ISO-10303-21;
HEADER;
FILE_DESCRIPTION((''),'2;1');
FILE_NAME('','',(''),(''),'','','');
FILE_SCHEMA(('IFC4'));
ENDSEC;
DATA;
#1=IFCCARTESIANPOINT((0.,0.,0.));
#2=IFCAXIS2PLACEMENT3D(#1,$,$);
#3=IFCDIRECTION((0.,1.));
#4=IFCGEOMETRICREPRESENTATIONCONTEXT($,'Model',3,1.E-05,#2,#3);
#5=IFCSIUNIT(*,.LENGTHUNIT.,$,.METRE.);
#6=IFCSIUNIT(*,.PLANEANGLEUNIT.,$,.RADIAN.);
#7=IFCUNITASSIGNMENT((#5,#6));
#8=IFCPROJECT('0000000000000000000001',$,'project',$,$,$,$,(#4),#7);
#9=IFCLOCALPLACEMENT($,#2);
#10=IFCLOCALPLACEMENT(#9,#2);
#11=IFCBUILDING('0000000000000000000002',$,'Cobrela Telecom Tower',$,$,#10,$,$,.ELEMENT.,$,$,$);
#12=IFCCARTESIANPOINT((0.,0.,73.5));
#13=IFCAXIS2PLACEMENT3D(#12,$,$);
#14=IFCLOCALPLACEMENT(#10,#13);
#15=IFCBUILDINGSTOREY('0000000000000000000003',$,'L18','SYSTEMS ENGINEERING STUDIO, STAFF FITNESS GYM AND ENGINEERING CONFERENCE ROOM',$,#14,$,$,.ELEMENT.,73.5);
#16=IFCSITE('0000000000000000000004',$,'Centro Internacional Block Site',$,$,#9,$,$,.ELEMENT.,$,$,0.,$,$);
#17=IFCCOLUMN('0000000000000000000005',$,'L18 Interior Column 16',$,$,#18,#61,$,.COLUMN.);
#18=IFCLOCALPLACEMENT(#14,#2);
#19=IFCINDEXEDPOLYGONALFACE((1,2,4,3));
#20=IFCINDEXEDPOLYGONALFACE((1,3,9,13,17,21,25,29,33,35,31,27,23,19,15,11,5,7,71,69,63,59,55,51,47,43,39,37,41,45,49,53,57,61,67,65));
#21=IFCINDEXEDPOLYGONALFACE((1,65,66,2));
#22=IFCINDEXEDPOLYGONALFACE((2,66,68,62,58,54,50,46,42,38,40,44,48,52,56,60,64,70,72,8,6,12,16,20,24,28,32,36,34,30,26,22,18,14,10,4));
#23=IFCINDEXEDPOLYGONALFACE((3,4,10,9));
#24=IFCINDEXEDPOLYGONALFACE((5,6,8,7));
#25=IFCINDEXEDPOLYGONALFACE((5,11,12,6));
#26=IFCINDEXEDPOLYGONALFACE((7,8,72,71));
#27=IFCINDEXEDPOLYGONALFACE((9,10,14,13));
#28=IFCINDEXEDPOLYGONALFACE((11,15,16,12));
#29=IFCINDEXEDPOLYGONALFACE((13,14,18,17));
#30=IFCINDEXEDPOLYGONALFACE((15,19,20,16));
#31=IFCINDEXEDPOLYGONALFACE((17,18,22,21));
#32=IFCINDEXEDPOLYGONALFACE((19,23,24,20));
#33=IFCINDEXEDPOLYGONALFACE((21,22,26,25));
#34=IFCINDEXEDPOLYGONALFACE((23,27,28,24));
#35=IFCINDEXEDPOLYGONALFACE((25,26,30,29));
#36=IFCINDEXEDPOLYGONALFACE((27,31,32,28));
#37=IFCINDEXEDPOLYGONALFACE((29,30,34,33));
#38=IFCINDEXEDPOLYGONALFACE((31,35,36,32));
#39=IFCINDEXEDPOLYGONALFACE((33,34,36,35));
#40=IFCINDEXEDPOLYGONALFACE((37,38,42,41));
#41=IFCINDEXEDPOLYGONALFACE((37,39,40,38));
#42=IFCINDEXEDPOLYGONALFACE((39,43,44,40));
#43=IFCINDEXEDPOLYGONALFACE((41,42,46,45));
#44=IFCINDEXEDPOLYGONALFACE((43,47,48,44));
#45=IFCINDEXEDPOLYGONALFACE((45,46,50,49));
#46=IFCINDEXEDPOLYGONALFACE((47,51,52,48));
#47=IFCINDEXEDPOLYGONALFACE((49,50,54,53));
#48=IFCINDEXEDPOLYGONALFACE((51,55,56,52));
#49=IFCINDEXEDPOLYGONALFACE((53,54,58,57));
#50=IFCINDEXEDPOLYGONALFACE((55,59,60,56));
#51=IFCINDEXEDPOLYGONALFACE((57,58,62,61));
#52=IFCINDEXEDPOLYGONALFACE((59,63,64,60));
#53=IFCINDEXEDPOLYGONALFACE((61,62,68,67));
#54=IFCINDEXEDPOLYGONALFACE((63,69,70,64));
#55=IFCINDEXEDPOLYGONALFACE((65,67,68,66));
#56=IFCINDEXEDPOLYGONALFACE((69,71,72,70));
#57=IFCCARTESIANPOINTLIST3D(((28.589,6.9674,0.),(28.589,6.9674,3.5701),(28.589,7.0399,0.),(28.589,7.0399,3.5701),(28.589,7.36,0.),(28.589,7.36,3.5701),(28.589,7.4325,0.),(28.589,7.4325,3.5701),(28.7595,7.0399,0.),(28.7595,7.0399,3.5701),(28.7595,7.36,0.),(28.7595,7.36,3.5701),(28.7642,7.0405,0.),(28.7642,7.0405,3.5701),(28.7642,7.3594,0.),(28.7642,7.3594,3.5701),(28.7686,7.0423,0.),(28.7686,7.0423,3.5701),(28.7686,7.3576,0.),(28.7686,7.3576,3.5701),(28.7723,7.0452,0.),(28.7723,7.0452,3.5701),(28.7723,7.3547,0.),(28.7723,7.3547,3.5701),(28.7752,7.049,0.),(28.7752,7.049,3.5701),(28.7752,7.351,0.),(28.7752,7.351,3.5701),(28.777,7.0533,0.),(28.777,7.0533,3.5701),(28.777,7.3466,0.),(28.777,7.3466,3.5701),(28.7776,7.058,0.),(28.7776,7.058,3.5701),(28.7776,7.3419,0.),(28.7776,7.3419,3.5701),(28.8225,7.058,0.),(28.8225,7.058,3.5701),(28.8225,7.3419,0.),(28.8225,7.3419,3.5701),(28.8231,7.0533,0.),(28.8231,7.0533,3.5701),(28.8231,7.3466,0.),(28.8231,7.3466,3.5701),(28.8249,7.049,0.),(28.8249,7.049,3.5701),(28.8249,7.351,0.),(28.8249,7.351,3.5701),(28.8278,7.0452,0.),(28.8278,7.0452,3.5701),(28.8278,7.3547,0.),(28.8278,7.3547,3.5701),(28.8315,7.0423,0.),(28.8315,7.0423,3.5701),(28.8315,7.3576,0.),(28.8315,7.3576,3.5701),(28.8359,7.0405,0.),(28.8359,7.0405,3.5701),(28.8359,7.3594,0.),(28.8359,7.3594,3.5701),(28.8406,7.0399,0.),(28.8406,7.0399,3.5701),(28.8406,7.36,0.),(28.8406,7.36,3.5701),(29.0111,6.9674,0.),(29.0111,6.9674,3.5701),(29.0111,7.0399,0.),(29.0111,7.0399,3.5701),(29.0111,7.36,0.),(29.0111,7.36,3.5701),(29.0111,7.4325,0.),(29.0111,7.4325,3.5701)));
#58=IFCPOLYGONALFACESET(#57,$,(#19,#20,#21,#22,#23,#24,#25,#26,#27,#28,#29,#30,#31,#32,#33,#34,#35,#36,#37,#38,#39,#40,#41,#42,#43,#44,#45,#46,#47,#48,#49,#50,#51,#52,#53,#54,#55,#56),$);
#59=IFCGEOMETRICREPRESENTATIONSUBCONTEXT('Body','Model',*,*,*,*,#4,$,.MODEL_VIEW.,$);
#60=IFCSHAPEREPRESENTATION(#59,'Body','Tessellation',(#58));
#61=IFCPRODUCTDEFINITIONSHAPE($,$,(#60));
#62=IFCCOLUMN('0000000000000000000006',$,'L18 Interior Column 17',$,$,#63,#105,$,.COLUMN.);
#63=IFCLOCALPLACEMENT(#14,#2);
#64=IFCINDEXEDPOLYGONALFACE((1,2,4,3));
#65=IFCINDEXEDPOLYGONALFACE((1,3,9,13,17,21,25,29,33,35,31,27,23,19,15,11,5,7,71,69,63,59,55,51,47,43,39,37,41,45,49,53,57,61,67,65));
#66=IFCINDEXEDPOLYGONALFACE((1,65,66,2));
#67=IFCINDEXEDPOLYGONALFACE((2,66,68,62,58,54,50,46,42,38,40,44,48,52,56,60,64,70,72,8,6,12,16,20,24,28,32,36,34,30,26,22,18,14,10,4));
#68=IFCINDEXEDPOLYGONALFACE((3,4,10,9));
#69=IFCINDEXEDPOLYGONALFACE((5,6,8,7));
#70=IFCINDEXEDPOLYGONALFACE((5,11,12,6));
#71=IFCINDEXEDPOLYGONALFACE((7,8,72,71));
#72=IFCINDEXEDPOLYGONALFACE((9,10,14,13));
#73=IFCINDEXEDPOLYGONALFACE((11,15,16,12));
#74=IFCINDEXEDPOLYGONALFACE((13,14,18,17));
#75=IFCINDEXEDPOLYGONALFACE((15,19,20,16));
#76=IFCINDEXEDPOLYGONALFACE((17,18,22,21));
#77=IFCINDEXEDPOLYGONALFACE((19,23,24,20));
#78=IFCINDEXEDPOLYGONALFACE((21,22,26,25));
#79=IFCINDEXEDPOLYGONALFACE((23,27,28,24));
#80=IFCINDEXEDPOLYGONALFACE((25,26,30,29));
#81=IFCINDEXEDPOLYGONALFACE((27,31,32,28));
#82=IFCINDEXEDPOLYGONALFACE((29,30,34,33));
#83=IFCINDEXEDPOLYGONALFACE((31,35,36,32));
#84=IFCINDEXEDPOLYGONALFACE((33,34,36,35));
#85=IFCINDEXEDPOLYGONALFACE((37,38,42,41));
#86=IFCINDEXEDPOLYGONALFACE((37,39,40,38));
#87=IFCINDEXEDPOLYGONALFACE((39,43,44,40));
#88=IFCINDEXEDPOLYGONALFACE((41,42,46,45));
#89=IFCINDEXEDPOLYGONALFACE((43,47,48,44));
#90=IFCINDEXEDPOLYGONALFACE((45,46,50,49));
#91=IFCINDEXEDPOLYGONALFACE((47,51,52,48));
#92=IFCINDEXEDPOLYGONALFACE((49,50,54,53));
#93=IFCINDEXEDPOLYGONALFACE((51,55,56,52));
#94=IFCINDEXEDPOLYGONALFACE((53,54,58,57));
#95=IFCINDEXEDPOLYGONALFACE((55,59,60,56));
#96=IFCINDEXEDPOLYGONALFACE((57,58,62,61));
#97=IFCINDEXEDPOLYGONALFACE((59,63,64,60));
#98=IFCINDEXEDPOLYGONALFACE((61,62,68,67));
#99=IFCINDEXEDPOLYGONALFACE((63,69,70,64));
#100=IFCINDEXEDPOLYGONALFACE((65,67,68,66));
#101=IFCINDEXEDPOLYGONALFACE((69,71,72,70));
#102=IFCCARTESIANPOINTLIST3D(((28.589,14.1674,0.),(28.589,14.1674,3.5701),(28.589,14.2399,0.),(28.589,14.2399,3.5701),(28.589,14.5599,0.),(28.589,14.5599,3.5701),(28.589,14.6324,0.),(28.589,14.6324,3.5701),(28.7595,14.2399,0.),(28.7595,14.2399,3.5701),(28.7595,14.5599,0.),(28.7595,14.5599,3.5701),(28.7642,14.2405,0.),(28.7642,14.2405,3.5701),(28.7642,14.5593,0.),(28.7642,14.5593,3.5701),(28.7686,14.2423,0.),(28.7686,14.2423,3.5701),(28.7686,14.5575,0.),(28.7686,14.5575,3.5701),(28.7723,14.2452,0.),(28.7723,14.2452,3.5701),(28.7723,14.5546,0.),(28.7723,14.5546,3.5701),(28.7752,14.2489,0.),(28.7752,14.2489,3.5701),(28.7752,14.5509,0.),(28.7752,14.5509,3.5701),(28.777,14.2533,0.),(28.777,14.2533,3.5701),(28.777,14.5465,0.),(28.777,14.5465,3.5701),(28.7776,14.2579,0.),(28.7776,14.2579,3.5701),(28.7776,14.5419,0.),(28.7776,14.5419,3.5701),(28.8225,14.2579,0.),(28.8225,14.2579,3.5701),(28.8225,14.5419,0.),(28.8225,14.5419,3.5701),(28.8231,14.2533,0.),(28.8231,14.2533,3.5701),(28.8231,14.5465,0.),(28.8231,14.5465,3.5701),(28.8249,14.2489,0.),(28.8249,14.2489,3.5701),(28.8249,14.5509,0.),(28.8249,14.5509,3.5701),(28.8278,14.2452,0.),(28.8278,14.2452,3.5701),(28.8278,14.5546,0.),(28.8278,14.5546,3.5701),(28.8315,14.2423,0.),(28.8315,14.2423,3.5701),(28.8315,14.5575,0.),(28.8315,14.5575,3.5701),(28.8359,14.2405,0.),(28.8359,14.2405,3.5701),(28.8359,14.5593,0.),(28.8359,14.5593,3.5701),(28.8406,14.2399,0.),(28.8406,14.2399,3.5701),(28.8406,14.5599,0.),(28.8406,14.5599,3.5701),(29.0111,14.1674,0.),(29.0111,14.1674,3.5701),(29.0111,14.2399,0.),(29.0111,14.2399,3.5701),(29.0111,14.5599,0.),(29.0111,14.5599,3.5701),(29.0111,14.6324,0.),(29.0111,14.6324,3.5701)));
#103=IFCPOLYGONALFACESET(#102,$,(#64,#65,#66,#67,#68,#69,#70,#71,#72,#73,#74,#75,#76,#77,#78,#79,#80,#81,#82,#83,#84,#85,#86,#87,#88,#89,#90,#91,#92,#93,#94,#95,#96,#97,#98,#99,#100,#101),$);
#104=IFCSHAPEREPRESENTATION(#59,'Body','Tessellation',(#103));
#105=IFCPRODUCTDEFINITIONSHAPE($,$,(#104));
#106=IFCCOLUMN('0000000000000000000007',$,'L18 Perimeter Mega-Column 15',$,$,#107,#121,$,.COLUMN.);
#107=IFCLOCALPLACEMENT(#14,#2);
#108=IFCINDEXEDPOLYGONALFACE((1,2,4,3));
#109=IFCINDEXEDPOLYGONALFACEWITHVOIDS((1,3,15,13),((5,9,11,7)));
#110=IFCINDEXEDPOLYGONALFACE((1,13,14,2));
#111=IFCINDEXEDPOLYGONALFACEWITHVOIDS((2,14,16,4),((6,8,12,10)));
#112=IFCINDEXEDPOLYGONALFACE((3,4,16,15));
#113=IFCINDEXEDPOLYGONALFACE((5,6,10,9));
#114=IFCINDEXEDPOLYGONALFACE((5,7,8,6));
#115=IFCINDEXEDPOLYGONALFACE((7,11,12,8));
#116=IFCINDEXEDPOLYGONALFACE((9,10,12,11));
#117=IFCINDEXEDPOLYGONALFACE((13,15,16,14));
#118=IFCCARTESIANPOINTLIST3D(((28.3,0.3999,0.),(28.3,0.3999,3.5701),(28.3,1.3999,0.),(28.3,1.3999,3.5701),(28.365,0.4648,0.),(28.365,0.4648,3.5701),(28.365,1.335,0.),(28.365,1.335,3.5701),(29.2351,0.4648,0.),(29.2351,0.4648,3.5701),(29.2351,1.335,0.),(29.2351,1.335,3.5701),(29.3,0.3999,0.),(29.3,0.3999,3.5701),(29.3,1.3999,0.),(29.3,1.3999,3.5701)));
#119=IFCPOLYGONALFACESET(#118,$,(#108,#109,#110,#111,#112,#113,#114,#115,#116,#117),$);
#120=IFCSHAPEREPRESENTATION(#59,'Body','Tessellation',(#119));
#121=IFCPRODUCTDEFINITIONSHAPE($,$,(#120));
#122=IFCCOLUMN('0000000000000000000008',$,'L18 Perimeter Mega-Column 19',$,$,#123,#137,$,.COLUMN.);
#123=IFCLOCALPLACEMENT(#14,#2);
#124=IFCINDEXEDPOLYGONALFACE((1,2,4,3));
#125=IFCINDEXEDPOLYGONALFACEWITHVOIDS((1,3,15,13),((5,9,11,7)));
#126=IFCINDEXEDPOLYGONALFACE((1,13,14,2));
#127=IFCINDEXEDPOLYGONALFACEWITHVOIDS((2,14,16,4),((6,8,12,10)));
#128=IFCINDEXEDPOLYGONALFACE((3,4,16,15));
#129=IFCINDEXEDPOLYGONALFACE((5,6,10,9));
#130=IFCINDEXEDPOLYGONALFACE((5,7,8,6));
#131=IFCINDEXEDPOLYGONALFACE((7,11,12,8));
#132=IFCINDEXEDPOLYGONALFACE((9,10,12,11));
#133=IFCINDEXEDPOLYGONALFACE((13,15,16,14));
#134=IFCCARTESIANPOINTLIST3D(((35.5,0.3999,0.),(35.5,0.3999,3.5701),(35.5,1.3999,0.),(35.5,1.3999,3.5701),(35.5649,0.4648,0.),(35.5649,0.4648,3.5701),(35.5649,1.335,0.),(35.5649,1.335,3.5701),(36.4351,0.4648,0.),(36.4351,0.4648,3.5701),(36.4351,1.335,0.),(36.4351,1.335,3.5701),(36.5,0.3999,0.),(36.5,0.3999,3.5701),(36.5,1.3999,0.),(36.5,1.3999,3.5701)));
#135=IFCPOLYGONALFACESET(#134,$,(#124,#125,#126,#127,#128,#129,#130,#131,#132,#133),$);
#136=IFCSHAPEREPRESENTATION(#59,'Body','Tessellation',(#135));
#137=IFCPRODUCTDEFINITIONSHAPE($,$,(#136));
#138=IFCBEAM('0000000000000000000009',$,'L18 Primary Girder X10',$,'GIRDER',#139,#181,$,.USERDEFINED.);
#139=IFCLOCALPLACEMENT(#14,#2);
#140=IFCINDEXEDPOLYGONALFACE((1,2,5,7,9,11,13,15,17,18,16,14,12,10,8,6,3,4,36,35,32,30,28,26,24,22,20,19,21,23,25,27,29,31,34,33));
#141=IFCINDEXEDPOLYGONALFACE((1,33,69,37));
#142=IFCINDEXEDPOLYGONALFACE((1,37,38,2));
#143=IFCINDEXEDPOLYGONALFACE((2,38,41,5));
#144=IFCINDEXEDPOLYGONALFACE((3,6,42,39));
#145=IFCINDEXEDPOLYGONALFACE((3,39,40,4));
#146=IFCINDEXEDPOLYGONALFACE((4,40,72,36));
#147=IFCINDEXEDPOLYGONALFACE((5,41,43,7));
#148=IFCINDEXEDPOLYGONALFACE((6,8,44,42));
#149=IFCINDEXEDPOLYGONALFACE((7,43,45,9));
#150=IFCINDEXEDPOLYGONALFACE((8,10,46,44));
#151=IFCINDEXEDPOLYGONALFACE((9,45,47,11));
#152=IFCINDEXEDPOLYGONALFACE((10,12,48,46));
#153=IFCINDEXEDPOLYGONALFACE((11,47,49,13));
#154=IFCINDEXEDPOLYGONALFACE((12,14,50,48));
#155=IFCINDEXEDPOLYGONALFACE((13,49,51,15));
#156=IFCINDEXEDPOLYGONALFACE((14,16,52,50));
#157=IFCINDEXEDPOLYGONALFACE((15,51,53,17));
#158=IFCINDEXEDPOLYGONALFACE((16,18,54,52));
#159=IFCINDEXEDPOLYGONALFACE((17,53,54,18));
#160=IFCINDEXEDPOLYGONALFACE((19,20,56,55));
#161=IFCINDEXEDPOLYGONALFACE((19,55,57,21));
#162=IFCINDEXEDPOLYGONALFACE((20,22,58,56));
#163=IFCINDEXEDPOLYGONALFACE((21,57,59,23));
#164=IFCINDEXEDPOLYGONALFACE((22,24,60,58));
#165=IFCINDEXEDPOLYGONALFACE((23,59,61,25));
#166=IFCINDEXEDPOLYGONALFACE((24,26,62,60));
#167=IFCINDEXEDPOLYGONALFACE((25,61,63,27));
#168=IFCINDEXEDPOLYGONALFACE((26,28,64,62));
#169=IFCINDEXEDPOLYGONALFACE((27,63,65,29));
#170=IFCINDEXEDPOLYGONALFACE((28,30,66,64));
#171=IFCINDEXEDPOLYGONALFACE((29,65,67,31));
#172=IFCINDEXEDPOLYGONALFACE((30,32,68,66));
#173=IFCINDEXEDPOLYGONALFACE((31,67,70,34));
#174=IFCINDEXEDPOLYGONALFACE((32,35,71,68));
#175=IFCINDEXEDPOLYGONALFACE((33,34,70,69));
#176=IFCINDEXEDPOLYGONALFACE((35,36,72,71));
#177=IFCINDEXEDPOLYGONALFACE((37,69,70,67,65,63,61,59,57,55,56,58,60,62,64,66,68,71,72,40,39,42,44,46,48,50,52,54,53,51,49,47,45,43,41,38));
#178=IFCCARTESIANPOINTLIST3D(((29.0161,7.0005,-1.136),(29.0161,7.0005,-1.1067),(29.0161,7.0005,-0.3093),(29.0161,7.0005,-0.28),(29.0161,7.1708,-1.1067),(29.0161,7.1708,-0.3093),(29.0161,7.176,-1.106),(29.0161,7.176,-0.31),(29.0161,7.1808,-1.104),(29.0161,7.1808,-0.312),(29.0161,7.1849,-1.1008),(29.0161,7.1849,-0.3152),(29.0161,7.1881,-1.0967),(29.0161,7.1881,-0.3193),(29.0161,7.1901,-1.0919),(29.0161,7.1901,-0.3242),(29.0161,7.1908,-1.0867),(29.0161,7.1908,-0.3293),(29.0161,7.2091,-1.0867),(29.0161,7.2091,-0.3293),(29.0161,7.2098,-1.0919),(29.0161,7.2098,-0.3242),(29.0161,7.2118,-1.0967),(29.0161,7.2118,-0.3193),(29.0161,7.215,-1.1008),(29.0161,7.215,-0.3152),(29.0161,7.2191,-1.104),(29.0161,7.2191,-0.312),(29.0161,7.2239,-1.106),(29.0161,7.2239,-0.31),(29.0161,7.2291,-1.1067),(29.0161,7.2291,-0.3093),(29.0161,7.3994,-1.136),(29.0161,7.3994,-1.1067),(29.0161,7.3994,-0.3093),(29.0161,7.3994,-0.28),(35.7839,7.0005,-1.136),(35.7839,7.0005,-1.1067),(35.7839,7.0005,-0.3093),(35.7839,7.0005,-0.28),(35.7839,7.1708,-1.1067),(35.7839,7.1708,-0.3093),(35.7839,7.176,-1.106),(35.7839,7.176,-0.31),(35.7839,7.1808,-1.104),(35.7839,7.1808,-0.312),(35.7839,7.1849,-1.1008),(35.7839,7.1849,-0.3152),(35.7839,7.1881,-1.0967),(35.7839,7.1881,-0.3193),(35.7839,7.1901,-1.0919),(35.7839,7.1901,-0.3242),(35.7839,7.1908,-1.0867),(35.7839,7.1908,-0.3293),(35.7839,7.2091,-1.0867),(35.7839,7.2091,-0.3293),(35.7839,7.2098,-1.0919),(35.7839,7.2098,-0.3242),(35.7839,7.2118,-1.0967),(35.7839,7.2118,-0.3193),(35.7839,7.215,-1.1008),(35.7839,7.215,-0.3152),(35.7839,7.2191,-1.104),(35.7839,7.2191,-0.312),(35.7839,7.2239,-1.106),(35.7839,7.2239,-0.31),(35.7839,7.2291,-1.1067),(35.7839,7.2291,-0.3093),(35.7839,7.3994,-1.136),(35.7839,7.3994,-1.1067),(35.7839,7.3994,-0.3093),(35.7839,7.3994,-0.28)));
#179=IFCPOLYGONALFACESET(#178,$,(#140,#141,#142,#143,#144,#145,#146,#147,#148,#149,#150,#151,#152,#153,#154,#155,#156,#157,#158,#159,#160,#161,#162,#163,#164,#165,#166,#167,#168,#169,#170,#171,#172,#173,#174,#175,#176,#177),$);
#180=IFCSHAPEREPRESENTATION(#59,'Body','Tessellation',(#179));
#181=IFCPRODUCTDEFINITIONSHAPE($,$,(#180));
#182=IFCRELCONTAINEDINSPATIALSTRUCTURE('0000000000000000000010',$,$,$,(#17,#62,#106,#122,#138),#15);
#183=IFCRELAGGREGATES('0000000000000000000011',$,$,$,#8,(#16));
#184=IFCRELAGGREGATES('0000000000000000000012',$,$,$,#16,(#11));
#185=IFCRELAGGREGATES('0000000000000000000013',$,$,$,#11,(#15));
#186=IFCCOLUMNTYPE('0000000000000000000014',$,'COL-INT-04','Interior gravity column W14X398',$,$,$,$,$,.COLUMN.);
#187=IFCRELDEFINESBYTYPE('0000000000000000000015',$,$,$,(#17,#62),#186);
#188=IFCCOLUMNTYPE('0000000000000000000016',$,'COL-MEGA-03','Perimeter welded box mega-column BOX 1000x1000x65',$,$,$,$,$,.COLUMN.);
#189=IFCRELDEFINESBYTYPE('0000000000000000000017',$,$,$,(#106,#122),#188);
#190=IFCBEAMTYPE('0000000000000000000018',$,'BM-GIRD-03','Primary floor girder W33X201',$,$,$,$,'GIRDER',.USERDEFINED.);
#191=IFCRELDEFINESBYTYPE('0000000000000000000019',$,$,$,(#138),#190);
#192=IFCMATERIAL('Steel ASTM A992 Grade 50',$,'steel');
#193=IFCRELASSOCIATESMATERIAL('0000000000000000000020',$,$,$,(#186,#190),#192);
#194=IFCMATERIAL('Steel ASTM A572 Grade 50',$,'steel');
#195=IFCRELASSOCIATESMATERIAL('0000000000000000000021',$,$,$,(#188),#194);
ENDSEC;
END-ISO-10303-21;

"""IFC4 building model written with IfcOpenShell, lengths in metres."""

from ifc_helpers import new_model, si_unit, direction, frame, origin, origin_2d, place, context, subcontext, project, spatial, hollow_rectangle, i_section, extrude, material, material_profile, profile_set, type_object, element, save


model = new_model("IFC4")

# Units and contexts
model_context = context("Model", 3, precision=1e-05, world=origin(), true_north=direction((0.0, 1.0)))
body_context = subcontext(model_context, "Body", "Model", "MODEL_VIEW")
ifc_project = project(units=[si_unit("LENGTHUNIT", "METRE"), si_unit("PLANEANGLEUNIT", "RADIAN")], contexts=[model_context])

# Site, building, storey
site_placement = place(None, origin())
site = spatial("IfcSite", under=ifc_project, at=site_placement, Name="Centro Internacional Block Site", CompositionType="ELEMENT", RefElevation=0.0)
building_placement = place(site_placement, origin())
building = spatial("IfcBuilding", under=site, at=building_placement, Name="Cobrela Telecom Tower", CompositionType="ELEMENT")
storey_placement = place(building_placement, frame((0.0, 0.0, 73.5)))
storey = spatial("IfcBuildingStorey", under=building, at=storey_placement, Name="L18", Description="SYSTEMS ENGINEERING STUDIO, STAFF FITNESS GYM AND ENGINEERING CONFERENCE ROOM", CompositionType="ELEMENT", Elevation=73.5)

# Columns
ifc_material_1 = material(Name="Steel ASTM A992 Grade 50", Category="steel")
ifc_material_profile_1 = material_profile(ifc_material_1, i_section(OverallWidth=0.4221, OverallDepth=0.4651, WebThickness=0.0449, FlangeThickness=0.0725, FilletRadius=0.0181, at=origin_2d()), Name="W14X398")
ifc_profile_set_1 = profile_set([ifc_material_profile_1], Name="Steel ASTM A992 Grade 50")
column_type_1 = type_object("IfcColumnType", Name="COL-INT-04", Description="Interior gravity column W14X398", PredefinedType="COLUMN", material=ifc_profile_set_1)
for number, where, z_axis, x_axis, name in (
    (1, (28.8, 7.2, 0.0), (0.0, 0.0, 1.0), (1.0, 0.0, 0.0), "L18 Interior Column 16"),
    (2, (28.8, 14.3999, 0.0), (0.0, 0.0, 1.0), (1.0, 0.0, 0.0), "L18 Interior Column 17"),
):
    element("IfcColumn", number, at=place(storey_placement, frame(where, z_axis=z_axis, x_axis=x_axis)), inside=storey, type_object=column_type_1, Name=name, PredefinedType="COLUMN", context=body_context, shape_type="SweptSolid", body=[
        extrude(i_section(OverallWidth=0.4221, OverallDepth=0.4651, WebThickness=0.0449, FlangeThickness=0.0725, FilletRadius=0.0181, at=origin_2d()), origin(), (0.0, 0.0, 1.0), 3.5701),
    ])
ifc_material_2 = material(Name="Steel ASTM A572 Grade 50", Category="steel")
ifc_material_profile_2 = material_profile(ifc_material_2, hollow_rectangle(XDim=1.0, YDim=1.0, WallThickness=0.0649, at=origin_2d()), Name="BOX 1000x1000x65")
ifc_profile_set_2 = profile_set([ifc_material_profile_2], Name="Steel ASTM A572 Grade 50")
column_type_2 = type_object("IfcColumnType", Name="COL-MEGA-03", Description="Perimeter welded box mega-column BOX 1000x1000x65", PredefinedType="COLUMN", material=ifc_profile_set_2)
for number, where, z_axis, x_axis, name in (
    (3, (28.8, 0.8999, 0.0), (0.0, 0.0, 1.0), (1.0, 0.0, 0.0), "L18 Perimeter Mega-Column 15"),
    (4, (36.0, 0.8999, 0.0), (0.0, 0.0, 1.0), (1.0, 0.0, 0.0), "L18 Perimeter Mega-Column 19"),
):
    element("IfcColumn", number, at=place(storey_placement, frame(where, z_axis=z_axis, x_axis=x_axis)), inside=storey, type_object=column_type_2, Name=name, PredefinedType="COLUMN", context=body_context, shape_type="SweptSolid", body=[
        extrude(hollow_rectangle(XDim=1.0, YDim=1.0, WallThickness=0.0649, at=origin_2d()), origin(), (0.0, 0.0, 1.0), 3.5701),
    ])

# Beam
ifc_material_profile_3 = material_profile(ifc_material_1, i_section(OverallWidth=0.3989, OverallDepth=0.856, WebThickness=0.0183, FlangeThickness=0.0293, FilletRadius=0.02, at=origin_2d()), Name="W33X201")
ifc_profile_set_3 = profile_set([ifc_material_profile_3], Name="Steel ASTM A992 Grade 50")
beam_type_1 = type_object("IfcBeamType", Name="BM-GIRD-03", Description="Primary floor girder W33X201", ElementType="GIRDER", PredefinedType="USERDEFINED", material=ifc_profile_set_3)
for number, where, z_axis, x_axis, name in (
    (5, (29.0161, 7.2, -0.708), (1.0, 0.0, 0.0), (0.0, 1.0, 0.0), "L18 Primary Girder X10"),
):
    element("IfcBeam", number, at=place(storey_placement, frame(where, z_axis=z_axis, x_axis=x_axis)), inside=storey, type_object=beam_type_1, Name=name, ObjectType="GIRDER", PredefinedType="USERDEFINED", context=body_context, shape_type="SweptSolid", body=[
        extrude(i_section(OverallWidth=0.3989, OverallDepth=0.856, WebThickness=0.0183, FlangeThickness=0.0293, FilletRadius=0.02, at=origin_2d()), origin(), (0.0, 0.0, 1.0), 6.7678),
    ])

save(model, "model.ifc")
